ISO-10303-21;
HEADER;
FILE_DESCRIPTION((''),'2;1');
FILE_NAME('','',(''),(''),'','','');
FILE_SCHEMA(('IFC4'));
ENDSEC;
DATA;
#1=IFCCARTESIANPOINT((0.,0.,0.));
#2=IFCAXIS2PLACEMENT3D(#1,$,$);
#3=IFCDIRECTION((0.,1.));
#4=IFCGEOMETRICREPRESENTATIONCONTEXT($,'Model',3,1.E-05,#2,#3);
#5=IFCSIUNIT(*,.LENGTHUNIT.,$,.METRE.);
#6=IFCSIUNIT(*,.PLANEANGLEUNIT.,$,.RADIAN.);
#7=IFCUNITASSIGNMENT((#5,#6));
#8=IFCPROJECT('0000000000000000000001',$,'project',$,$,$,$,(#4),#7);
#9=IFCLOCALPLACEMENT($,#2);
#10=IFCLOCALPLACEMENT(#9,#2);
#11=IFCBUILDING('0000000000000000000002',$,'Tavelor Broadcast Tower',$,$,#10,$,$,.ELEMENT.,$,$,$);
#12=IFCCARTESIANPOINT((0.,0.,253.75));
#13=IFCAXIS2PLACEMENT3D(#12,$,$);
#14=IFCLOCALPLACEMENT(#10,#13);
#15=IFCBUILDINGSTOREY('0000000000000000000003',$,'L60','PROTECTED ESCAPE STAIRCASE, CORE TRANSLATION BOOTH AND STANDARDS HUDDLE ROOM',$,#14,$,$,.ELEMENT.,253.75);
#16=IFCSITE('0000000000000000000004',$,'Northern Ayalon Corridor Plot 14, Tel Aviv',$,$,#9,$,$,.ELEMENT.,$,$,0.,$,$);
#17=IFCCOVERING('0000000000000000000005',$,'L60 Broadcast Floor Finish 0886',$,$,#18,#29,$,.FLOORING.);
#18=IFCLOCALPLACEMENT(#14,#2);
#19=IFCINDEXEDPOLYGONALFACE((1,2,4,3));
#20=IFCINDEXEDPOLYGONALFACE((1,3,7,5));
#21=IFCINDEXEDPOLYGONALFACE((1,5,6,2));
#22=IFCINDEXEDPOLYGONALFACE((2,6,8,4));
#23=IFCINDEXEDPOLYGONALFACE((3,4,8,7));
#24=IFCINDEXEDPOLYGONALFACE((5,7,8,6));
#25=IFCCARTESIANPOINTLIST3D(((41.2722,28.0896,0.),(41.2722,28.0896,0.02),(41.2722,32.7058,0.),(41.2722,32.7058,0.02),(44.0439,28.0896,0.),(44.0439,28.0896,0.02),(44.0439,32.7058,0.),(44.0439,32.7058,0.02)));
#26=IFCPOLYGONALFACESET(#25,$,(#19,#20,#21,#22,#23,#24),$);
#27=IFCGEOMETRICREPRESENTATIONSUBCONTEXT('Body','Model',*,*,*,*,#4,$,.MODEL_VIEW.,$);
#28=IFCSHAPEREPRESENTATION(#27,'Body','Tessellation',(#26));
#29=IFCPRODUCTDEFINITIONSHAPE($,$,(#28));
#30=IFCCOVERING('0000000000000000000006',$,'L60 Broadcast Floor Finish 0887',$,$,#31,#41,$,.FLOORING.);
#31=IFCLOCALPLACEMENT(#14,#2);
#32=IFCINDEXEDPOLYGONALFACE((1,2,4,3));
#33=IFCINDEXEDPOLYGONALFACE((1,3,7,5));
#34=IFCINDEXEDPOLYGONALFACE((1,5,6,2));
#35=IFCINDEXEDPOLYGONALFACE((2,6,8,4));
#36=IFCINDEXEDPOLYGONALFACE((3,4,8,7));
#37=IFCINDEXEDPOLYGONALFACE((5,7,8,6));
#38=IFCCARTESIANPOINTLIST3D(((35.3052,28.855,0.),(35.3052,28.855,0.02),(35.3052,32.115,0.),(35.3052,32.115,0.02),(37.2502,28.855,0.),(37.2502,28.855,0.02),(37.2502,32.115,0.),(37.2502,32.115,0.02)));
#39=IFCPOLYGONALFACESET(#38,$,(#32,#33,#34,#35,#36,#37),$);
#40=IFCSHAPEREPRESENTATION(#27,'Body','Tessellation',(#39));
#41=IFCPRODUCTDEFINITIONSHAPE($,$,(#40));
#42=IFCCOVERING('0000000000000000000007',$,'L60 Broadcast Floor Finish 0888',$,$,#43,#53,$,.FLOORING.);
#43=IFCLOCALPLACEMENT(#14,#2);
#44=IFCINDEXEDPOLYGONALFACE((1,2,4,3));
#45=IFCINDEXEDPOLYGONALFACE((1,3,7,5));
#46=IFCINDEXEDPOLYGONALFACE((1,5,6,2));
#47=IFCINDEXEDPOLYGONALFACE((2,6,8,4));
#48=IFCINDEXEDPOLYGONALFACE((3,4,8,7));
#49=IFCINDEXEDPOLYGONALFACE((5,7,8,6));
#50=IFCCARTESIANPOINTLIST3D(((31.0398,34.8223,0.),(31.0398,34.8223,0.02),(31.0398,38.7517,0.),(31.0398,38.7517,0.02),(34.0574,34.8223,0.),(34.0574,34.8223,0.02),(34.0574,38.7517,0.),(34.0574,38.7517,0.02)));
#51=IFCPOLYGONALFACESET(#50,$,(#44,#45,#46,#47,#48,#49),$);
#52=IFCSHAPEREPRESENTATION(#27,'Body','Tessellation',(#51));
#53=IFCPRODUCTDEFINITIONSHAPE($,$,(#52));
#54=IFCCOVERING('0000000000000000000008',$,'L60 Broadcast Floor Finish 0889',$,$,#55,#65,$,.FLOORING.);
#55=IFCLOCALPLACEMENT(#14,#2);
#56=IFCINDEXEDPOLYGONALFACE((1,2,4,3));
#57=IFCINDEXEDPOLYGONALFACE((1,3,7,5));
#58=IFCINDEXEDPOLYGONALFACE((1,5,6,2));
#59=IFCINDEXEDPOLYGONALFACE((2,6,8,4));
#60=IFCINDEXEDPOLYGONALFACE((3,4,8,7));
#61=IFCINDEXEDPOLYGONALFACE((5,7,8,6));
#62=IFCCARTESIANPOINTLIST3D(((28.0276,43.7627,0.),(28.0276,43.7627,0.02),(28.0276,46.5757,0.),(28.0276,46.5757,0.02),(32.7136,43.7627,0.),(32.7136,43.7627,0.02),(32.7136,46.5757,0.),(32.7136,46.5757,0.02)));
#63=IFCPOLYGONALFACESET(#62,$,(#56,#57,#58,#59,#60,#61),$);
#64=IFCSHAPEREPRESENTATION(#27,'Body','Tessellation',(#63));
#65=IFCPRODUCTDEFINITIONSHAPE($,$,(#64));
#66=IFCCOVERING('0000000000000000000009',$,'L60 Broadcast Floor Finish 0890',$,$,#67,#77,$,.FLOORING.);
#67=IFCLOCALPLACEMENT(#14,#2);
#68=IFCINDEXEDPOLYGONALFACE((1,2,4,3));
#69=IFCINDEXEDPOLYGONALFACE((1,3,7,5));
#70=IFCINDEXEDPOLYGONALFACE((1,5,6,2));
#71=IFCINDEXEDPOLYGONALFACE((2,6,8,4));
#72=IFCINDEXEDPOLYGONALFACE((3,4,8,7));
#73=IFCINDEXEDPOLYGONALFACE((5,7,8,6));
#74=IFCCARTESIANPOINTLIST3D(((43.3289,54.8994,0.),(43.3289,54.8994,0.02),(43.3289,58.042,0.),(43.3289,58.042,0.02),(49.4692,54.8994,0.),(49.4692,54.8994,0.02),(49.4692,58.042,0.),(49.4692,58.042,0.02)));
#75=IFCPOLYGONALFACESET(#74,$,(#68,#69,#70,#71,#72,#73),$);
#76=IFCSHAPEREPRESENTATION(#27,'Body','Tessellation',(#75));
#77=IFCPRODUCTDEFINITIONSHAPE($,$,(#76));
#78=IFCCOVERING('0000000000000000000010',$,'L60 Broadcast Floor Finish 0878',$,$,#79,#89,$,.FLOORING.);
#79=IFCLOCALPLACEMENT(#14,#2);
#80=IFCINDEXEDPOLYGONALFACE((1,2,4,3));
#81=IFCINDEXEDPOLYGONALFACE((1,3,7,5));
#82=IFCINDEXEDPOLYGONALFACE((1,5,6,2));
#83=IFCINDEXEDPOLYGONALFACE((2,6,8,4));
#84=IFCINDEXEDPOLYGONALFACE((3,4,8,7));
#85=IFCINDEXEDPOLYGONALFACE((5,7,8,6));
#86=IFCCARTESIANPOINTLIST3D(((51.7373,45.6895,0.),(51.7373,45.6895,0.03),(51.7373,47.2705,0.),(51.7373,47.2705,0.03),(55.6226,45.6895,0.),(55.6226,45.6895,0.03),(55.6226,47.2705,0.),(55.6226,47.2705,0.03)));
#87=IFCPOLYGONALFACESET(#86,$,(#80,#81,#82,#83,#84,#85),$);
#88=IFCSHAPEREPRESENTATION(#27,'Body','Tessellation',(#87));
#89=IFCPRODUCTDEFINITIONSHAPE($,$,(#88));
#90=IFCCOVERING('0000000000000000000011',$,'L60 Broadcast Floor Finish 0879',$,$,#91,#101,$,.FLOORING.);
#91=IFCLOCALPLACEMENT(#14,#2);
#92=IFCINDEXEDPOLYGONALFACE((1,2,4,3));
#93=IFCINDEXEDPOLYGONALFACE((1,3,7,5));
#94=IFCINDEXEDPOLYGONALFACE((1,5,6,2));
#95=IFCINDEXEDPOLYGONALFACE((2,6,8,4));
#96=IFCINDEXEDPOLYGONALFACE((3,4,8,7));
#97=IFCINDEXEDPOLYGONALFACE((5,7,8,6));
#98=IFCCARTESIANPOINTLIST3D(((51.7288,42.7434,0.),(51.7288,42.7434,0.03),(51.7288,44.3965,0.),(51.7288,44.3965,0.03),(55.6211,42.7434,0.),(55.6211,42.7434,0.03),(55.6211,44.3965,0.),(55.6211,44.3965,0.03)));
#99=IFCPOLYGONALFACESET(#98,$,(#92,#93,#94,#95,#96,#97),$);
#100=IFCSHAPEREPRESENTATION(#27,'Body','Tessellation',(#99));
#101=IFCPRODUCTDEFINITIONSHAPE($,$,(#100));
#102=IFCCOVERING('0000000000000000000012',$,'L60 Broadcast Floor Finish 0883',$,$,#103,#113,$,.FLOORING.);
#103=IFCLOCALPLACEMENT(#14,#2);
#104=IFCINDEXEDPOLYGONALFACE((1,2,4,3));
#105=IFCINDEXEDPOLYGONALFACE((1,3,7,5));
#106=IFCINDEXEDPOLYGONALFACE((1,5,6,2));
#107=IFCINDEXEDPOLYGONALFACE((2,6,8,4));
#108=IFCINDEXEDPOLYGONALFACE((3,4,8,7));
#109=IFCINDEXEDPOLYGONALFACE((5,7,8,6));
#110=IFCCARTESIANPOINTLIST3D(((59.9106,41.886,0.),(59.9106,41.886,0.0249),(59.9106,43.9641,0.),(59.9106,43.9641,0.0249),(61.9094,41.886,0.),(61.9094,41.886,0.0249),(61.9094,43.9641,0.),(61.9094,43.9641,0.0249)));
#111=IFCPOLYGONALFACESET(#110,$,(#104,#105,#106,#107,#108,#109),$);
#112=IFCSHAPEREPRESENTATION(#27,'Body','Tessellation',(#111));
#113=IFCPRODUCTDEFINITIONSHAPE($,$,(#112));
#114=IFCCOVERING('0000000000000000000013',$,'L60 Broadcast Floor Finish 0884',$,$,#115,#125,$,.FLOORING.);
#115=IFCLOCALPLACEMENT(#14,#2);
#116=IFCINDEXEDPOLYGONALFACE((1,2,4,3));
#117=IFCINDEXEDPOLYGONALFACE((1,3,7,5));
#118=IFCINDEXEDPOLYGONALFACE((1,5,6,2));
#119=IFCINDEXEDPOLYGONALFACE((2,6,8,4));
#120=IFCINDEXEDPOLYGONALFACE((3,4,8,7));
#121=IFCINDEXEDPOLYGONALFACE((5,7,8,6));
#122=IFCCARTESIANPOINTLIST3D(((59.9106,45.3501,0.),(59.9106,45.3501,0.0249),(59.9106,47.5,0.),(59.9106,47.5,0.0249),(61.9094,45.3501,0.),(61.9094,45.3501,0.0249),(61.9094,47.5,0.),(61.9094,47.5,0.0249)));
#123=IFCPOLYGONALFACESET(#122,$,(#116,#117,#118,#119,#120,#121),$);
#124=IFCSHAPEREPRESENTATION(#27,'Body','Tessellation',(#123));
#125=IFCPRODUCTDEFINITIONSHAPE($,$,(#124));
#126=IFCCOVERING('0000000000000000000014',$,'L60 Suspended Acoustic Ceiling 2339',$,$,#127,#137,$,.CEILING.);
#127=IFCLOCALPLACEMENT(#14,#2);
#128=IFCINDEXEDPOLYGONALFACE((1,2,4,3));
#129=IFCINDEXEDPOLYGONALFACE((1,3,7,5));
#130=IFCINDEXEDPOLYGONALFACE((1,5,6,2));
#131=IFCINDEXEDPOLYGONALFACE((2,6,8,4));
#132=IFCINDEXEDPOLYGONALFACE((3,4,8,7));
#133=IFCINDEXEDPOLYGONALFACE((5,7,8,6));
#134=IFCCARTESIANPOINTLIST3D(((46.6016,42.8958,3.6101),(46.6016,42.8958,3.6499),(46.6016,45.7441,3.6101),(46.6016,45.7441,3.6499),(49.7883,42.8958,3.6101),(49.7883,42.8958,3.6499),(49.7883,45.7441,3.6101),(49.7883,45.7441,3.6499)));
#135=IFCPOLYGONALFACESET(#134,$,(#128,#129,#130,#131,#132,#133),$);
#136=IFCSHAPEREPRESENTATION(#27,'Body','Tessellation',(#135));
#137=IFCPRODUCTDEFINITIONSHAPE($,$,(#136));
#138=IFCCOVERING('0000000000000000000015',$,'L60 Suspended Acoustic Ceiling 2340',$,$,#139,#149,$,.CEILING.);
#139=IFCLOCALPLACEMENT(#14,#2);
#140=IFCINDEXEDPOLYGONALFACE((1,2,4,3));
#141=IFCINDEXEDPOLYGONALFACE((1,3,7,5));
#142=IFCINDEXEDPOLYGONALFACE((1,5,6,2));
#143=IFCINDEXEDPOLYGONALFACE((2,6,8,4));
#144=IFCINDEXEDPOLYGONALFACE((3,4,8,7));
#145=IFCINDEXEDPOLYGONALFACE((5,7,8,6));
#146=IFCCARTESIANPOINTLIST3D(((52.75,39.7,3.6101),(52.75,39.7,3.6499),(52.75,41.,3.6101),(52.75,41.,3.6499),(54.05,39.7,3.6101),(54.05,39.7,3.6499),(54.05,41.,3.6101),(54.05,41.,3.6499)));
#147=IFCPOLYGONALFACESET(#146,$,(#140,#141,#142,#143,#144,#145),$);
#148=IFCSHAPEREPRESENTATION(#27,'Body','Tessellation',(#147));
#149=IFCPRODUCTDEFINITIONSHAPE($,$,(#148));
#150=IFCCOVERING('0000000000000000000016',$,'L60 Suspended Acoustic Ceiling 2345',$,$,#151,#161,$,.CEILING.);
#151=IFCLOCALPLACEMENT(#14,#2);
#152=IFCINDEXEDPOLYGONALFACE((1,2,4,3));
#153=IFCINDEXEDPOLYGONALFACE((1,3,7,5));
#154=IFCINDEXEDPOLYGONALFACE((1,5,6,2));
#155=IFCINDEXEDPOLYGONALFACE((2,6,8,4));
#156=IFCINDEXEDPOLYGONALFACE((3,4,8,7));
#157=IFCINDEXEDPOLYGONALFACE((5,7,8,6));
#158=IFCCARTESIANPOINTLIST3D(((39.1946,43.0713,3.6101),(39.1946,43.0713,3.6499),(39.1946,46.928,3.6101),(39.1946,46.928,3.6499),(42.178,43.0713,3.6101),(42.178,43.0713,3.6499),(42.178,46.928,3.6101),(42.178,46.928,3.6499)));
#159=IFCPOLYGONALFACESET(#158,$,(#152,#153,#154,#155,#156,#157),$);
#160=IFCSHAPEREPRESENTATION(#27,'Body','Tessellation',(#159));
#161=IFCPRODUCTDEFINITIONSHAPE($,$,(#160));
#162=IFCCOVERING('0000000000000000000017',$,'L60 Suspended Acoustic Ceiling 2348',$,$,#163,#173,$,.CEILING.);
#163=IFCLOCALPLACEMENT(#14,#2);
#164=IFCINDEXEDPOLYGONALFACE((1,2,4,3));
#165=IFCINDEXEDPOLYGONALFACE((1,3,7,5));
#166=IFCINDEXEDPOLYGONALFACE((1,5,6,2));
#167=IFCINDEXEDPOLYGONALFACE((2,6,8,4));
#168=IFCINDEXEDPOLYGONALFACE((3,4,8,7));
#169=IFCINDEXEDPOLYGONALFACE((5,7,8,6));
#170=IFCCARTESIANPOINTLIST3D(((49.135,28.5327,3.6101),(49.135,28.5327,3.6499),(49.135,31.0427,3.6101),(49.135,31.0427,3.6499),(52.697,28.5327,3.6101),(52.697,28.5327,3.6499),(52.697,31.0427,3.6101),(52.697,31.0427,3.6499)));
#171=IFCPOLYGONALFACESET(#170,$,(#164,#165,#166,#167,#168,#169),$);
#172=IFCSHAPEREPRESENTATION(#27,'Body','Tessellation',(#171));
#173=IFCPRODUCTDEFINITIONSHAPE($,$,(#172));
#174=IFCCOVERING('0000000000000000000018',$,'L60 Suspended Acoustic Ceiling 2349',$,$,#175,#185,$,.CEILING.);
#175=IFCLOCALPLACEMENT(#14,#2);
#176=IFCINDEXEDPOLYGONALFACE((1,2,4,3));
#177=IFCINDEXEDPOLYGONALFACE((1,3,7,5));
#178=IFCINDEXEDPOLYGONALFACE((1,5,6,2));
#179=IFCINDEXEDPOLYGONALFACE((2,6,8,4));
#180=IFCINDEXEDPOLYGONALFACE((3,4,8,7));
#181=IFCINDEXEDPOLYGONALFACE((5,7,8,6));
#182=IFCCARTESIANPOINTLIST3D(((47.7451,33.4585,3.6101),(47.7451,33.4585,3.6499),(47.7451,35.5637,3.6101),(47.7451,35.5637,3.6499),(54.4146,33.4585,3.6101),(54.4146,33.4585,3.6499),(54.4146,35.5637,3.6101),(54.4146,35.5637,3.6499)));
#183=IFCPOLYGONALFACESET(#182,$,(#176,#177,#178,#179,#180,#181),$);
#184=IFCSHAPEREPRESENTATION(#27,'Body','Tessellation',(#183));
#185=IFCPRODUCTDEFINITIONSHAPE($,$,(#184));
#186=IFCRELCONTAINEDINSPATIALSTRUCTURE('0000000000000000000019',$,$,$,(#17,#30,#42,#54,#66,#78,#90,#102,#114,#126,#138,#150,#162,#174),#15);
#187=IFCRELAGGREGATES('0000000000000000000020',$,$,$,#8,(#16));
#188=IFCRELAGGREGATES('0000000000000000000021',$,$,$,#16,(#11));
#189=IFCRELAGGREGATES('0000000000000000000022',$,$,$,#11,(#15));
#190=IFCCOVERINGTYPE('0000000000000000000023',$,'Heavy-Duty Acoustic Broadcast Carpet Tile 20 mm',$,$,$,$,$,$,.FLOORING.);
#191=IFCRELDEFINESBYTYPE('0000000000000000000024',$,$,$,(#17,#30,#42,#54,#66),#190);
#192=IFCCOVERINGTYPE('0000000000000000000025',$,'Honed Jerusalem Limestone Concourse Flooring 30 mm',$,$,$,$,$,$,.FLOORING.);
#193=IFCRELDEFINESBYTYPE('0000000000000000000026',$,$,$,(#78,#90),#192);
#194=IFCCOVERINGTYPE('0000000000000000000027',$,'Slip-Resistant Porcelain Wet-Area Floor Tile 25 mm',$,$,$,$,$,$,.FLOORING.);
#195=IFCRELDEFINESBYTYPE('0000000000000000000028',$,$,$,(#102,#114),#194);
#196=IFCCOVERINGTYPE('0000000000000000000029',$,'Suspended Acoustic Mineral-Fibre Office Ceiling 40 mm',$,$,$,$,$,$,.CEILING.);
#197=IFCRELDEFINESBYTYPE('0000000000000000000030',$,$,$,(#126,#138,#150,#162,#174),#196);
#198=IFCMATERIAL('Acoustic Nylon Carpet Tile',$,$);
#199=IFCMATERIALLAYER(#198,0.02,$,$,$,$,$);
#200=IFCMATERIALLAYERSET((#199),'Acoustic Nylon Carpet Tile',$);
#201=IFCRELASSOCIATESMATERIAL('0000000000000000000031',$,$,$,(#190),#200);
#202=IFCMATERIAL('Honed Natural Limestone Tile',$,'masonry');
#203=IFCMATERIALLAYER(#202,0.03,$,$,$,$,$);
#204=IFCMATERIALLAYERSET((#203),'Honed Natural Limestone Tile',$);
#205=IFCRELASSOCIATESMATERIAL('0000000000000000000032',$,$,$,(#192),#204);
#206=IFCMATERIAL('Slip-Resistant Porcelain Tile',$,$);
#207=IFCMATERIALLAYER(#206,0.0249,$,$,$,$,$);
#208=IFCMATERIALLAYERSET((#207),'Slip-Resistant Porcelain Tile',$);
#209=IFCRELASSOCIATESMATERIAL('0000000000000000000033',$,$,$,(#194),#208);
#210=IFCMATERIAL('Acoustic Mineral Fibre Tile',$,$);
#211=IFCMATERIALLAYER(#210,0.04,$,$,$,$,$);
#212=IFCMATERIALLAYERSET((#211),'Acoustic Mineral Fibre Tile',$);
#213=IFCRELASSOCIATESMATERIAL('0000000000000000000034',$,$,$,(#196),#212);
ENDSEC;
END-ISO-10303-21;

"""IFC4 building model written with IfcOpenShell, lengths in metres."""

from ifc_helpers import new_model, si_unit, direction, frame, origin, place, context, subcontext, project, spatial, polyline, outline, extrude, material, layer, layer_set, type_object, element, save


model = new_model("IFC4")

# Units and contexts
model_context = context("Model", 3, precision=1e-05, world=origin(), true_north=direction((0.0, 1.0)))
body_context = subcontext(model_context, "Body", "Model", "MODEL_VIEW")
ifc_project = project(units=[si_unit("LENGTHUNIT", "METRE"), si_unit("PLANEANGLEUNIT", "RADIAN")], contexts=[model_context])

# Site, building, storey
site_placement = place(None, origin())
site = spatial("IfcSite", under=ifc_project, at=site_placement, Name="Northern Ayalon Corridor Plot 14, Tel Aviv", CompositionType="ELEMENT", RefElevation=0.0)
building_placement = place(site_placement, origin())
building = spatial("IfcBuilding", under=site, at=building_placement, Name="Tavelor Broadcast Tower", CompositionType="ELEMENT")
storey_placement = place(building_placement, frame((0.0, 0.0, 253.75)))
storey = spatial("IfcBuildingStorey", under=building, at=storey_placement, Name="L60", Description="PROTECTED ESCAPE STAIRCASE, CORE TRANSLATION BOOTH AND STANDARDS HUDDLE ROOM", CompositionType="ELEMENT", Elevation=253.75)

# Coverings
ifc_material_1 = material(Name="Acoustic Nylon Carpet Tile")
ifc_layer_1 = layer(ifc_material_1, 0.02)
ifc_layer_set_1 = layer_set([ifc_layer_1], Name="Acoustic Nylon Carpet Tile")
covering_type_1 = type_object("IfcCoveringType", Name="Heavy-Duty Acoustic Broadcast Carpet Tile 20 mm", PredefinedType="FLOORING", material=ifc_layer_set_1)
covering_1_placement = place(storey_placement, origin())
element("IfcCovering", 1, at=covering_1_placement, inside=storey, type_object=covering_type_1, Name="L60 Broadcast Floor Finish 0886", PredefinedType="FLOORING", context=body_context, shape_type="SweptSolid", body=[
    extrude(outline(polyline([(41.2722, 28.0896), (44.0439, 28.0896), (44.0439, 32.7058), (41.2722, 32.7058), (41.2722, 28.0896)])), origin(), (0.0, 0.0, 1.0), 0.02),
])
covering_2_placement = place(storey_placement, origin())
element("IfcCovering", 2, at=covering_2_placement, inside=storey, type_object=covering_type_1, Name="L60 Broadcast Floor Finish 0887", PredefinedType="FLOORING", context=body_context, shape_type="SweptSolid", body=[
    extrude(outline(polyline([(35.3052, 28.855), (37.2502, 28.855), (37.2502, 32.115), (35.3052, 32.115), (35.3052, 28.855)])), origin(), (0.0, 0.0, 1.0), 0.02),
])
covering_3_placement = place(storey_placement, origin())
element("IfcCovering", 3, at=covering_3_placement, inside=storey, type_object=covering_type_1, Name="L60 Broadcast Floor Finish 0888", PredefinedType="FLOORING", context=body_context, shape_type="SweptSolid", body=[
    extrude(outline(polyline([(31.0398, 34.8223), (34.0574, 34.8223), (34.0574, 38.7517), (31.0398, 38.7517), (31.0398, 34.8223)])), origin(), (0.0, 0.0, 1.0), 0.02),
])
covering_4_placement = place(storey_placement, origin())
element("IfcCovering", 4, at=covering_4_placement, inside=storey, type_object=covering_type_1, Name="L60 Broadcast Floor Finish 0889", PredefinedType="FLOORING", context=body_context, shape_type="SweptSolid", body=[
    extrude(outline(polyline([(28.0276, 43.7627), (32.7136, 43.7627), (32.7136, 46.5757), (28.0276, 46.5757), (28.0276, 43.7627)])), origin(), (0.0, 0.0, 1.0), 0.02),
])
covering_5_placement = place(storey_placement, origin())
element("IfcCovering", 5, at=covering_5_placement, inside=storey, type_object=covering_type_1, Name="L60 Broadcast Floor Finish 0890", PredefinedType="FLOORING", context=body_context, shape_type="SweptSolid", body=[
    extrude(outline(polyline([(43.3289, 54.8994), (49.4692, 54.8994), (49.4692, 58.042), (43.3289, 58.042), (43.3289, 54.8994)])), origin(), (0.0, 0.0, 1.0), 0.02),
])
ifc_material_2 = material(Name="Honed Natural Limestone Tile", Category="masonry")
ifc_layer_2 = layer(ifc_material_2, 0.03)
ifc_layer_set_2 = layer_set([ifc_layer_2], Name="Honed Natural Limestone Tile")
covering_type_2 = type_object("IfcCoveringType", Name="Honed Jerusalem Limestone Concourse Flooring 30 mm", PredefinedType="FLOORING", material=ifc_layer_set_2)
covering_6_placement = place(storey_placement, origin())
element("IfcCovering", 6, at=covering_6_placement, inside=storey, type_object=covering_type_2, Name="L60 Broadcast Floor Finish 0878", PredefinedType="FLOORING", context=body_context, shape_type="SweptSolid", body=[
    extrude(outline(polyline([(51.7373, 45.6895), (55.6226, 45.6895), (55.6226, 47.2705), (51.7373, 47.2705), (51.7373, 45.6895)])), origin(), (0.0, 0.0, 1.0), 0.03),
])
covering_7_placement = place(storey_placement, origin())
element("IfcCovering", 7, at=covering_7_placement, inside=storey, type_object=covering_type_2, Name="L60 Broadcast Floor Finish 0879", PredefinedType="FLOORING", context=body_context, shape_type="SweptSolid", body=[
    extrude(outline(polyline([(51.7288, 42.7434), (55.6211, 42.7434), (55.6211, 44.3965), (51.7288, 44.3965), (51.7288, 42.7434)])), origin(), (0.0, 0.0, 1.0), 0.03),
])
ifc_material_3 = material(Name="Slip-Resistant Porcelain Tile")
ifc_layer_3 = layer(ifc_material_3, 0.0249)
ifc_layer_set_3 = layer_set([ifc_layer_3], Name="Slip-Resistant Porcelain Tile")
covering_type_3 = type_object("IfcCoveringType", Name="Slip-Resistant Porcelain Wet-Area Floor Tile 25 mm", PredefinedType="FLOORING", material=ifc_layer_set_3)
covering_8_placement = place(storey_placement, origin())
element("IfcCovering", 8, at=covering_8_placement, inside=storey, type_object=covering_type_3, Name="L60 Broadcast Floor Finish 0883", PredefinedType="FLOORING", context=body_context, shape_type="SweptSolid", body=[
    extrude(outline(polyline([(59.9106, 41.886), (61.9094, 41.886), (61.9094, 43.9641), (59.9106, 43.9641), (59.9106, 41.886)])), origin(), (0.0, 0.0, 1.0), 0.0249),
])
covering_9_placement = place(storey_placement, origin())
element("IfcCovering", 9, at=covering_9_placement, inside=storey, type_object=covering_type_3, Name="L60 Broadcast Floor Finish 0884", PredefinedType="FLOORING", context=body_context, shape_type="SweptSolid", body=[
    extrude(outline(polyline([(59.9106, 45.3501), (61.9094, 45.3501), (61.9094, 47.5), (59.9106, 47.5), (59.9106, 45.3501)])), origin(), (0.0, 0.0, 1.0), 0.0249),
])
ifc_material_4 = material(Name="Acoustic Mineral Fibre Tile")
ifc_layer_4 = layer(ifc_material_4, 0.04)
ifc_layer_set_4 = layer_set([ifc_layer_4], Name="Acoustic Mineral Fibre Tile")
covering_type_4 = type_object("IfcCoveringType", Name="Suspended Acoustic Mineral-Fibre Office Ceiling 40 mm", PredefinedType="CEILING", material=ifc_layer_set_4)
covering_10_placement = place(storey_placement, frame((0.0, 0.0, 3.6101)))
element("IfcCovering", 10, at=covering_10_placement, inside=storey, type_object=covering_type_4, Name="L60 Suspended Acoustic Ceiling 2339", PredefinedType="CEILING", context=body_context, shape_type="SweptSolid", body=[
    extrude(outline(polyline([(46.6016, 42.8958), (49.7883, 42.8958), (49.7883, 45.7441), (46.6016, 45.7441), (46.6016, 42.8958)])), origin(), (0.0, 0.0, 1.0), 0.0398),
])
covering_11_placement = place(storey_placement, frame((0.0, 0.0, 3.6101)))
element("IfcCovering", 11, at=covering_11_placement, inside=storey, type_object=covering_type_4, Name="L60 Suspended Acoustic Ceiling 2340", PredefinedType="CEILING", context=body_context, shape_type="SweptSolid", body=[
    extrude(outline(polyline([(52.75, 39.7), (54.05, 39.7), (54.05, 41.0), (52.75, 41.0), (52.75, 39.7)])), origin(), (0.0, 0.0, 1.0), 0.0398),
])
covering_12_placement = place(storey_placement, frame((0.0, 0.0, 3.6101)))
element("IfcCovering", 12, at=covering_12_placement, inside=storey, type_object=covering_type_4, Name="L60 Suspended Acoustic Ceiling 2345", PredefinedType="CEILING", context=body_context, shape_type="SweptSolid", body=[
    extrude(outline(polyline([(39.1946, 43.0713), (42.178, 43.0713), (42.178, 46.928), (39.1946, 46.928), (39.1946, 43.0713)])), origin(), (0.0, 0.0, 1.0), 0.0398),
])
covering_13_placement = place(storey_placement, frame((0.0, 0.0, 3.6101)))
element("IfcCovering", 13, at=covering_13_placement, inside=storey, type_object=covering_type_4, Name="L60 Suspended Acoustic Ceiling 2348", PredefinedType="CEILING", context=body_context, shape_type="SweptSolid", body=[
    extrude(outline(polyline([(49.135, 28.5327), (52.697, 28.5327), (52.697, 31.0427), (49.135, 31.0427), (49.135, 28.5327)])), origin(), (0.0, 0.0, 1.0), 0.0398),
])
covering_14_placement = place(storey_placement, frame((0.0, 0.0, 3.6101)))
element("IfcCovering", 14, at=covering_14_placement, inside=storey, type_object=covering_type_4, Name="L60 Suspended Acoustic Ceiling 2349", PredefinedType="CEILING", context=body_context, shape_type="SweptSolid", body=[
    extrude(outline(polyline([(47.7451, 33.4585), (54.4146, 33.4585), (54.4146, 35.5637), (47.7451, 35.5637), (47.7451, 33.4585)])), origin(), (0.0, 0.0, 1.0), 0.0398),
])

save(model, "model.ifc")
